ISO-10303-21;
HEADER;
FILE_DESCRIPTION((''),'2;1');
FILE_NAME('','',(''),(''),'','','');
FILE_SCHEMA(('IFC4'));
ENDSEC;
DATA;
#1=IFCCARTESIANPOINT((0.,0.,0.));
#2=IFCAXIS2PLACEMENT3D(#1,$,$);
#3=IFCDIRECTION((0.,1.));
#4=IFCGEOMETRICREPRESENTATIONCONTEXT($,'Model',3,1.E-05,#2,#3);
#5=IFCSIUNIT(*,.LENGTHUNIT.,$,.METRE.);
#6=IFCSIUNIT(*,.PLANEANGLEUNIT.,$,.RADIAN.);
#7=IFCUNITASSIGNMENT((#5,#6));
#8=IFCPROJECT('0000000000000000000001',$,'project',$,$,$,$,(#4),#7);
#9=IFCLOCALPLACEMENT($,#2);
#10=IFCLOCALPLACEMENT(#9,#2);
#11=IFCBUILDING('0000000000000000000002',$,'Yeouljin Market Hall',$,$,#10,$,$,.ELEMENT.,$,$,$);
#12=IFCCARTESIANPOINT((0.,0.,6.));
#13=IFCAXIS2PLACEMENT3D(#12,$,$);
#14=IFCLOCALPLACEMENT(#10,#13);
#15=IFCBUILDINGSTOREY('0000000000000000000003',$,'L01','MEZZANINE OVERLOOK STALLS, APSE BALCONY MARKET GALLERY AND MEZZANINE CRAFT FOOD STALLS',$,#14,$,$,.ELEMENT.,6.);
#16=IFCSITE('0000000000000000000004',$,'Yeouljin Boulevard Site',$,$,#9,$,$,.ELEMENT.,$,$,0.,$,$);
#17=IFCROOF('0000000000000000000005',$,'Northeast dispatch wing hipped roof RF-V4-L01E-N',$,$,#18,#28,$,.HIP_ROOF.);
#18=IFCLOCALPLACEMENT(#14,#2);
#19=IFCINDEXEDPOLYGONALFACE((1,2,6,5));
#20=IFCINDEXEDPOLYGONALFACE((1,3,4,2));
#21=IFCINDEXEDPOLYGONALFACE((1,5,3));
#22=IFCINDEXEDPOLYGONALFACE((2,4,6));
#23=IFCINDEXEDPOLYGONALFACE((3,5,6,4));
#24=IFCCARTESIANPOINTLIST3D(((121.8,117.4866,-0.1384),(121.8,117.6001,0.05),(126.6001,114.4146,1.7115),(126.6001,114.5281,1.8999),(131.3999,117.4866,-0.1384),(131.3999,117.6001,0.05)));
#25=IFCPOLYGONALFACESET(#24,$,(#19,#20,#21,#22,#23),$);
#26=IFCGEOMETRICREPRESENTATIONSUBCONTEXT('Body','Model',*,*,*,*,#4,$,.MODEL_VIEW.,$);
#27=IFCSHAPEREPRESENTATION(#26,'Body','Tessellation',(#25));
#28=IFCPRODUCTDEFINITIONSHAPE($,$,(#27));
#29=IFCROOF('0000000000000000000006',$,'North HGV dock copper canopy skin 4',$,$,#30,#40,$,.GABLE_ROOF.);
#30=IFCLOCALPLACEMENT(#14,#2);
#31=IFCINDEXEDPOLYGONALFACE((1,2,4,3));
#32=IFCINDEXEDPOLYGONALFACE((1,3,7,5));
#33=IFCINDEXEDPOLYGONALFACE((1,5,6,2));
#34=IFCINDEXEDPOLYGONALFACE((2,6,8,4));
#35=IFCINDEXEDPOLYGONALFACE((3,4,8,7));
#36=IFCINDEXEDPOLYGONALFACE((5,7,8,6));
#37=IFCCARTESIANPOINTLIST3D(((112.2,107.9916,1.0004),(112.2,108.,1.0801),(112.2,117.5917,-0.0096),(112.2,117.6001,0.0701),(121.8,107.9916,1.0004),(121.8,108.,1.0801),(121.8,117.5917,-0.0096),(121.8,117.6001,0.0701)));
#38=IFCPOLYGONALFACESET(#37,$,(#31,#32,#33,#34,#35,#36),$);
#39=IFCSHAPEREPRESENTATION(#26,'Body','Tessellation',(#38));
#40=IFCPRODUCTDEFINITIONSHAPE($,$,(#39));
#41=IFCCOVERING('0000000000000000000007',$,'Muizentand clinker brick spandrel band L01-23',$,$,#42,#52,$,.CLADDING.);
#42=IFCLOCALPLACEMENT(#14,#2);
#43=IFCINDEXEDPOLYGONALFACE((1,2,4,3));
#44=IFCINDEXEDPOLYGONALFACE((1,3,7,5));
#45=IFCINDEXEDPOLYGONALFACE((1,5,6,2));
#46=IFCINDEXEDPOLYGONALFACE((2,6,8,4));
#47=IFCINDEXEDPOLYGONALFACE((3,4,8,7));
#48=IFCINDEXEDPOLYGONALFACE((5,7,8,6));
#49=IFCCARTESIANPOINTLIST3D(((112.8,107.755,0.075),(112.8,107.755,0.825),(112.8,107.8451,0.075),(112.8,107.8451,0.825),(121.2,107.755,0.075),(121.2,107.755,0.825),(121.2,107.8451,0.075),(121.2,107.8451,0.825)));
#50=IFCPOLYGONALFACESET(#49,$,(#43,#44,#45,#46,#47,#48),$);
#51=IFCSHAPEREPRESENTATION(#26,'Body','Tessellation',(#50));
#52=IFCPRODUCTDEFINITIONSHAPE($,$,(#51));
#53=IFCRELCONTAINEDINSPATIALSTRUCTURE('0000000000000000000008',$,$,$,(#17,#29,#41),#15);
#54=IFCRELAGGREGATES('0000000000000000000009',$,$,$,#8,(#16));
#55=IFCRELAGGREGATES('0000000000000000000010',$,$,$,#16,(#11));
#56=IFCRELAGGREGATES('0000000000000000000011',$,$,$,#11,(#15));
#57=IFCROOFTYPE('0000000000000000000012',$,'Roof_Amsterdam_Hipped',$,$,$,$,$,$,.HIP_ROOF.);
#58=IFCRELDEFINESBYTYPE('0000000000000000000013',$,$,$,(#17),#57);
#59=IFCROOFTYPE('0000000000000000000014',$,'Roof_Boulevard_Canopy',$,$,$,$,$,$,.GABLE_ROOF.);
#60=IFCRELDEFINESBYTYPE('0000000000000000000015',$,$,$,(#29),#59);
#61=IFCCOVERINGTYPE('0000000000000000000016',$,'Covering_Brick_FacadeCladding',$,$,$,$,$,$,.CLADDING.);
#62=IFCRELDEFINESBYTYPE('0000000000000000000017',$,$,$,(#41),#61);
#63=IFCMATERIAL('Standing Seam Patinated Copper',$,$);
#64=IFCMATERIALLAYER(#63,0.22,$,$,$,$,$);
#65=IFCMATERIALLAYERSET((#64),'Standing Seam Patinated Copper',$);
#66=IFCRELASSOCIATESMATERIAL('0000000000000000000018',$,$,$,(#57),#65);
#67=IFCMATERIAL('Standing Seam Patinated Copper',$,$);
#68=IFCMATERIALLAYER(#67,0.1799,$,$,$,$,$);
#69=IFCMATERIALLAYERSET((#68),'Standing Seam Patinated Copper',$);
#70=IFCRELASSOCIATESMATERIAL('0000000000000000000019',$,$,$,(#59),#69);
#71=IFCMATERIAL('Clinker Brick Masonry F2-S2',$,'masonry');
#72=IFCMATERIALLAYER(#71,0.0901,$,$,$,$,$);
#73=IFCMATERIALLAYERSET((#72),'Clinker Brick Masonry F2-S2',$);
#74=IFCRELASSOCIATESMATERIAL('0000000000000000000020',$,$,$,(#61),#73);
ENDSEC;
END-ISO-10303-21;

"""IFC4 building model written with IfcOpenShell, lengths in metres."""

from ifc_helpers import new_model, si_unit, direction, frame, origin, origin_2d, place, context, subcontext, project, spatial, polyline, rectangle, outline, extrude, material, layer, layer_set, type_object, element, save


model = new_model("IFC4")

# Units and contexts
model_context = context("Model", 3, precision=1e-05, world=origin(), true_north=direction((0.0, 1.0)))
body_context = subcontext(model_context, "Body", "Model", "MODEL_VIEW")
ifc_project = project(units=[si_unit("LENGTHUNIT", "METRE"), si_unit("PLANEANGLEUNIT", "RADIAN")], contexts=[model_context])

# Site, building, storey
site_placement = place(None, origin())
site = spatial("IfcSite", under=ifc_project, at=site_placement, Name="Yeouljin Boulevard Site", CompositionType="ELEMENT", RefElevation=0.0)
building_placement = place(site_placement, origin())
building = spatial("IfcBuilding", under=site, at=building_placement, Name="Yeouljin Market Hall", CompositionType="ELEMENT")
storey_placement = place(building_placement, frame((0.0, 0.0, 6.0)))
storey = spatial("IfcBuildingStorey", under=building, at=storey_placement, Name="L01", Description="MEZZANINE OVERLOOK STALLS, APSE BALCONY MARKET GALLERY AND MEZZANINE CRAFT FOOD STALLS", CompositionType="ELEMENT", Elevation=6.0)

# Roofs
ifc_material_1 = material(Name="Standing Seam Patinated Copper")
ifc_layer_1 = layer(ifc_material_1, 0.22)
ifc_layer_set_1 = layer_set([ifc_layer_1], Name="Standing Seam Patinated Copper")
roof_type_1 = type_object("IfcRoofType", Name="Roof_Amsterdam_Hipped", PredefinedType="HIP_ROOF", material=ifc_layer_set_1)
roof_1_placement = place(storey_placement, frame((131.3999, 117.6001, 0.05), z_axis=(0.0, 0.515857, 0.856675), x_axis=(-1.0, 0.0, 0.0)))
element("IfcRoof", 1, at=roof_1_placement, inside=storey, type_object=roof_type_1, Name="Northeast dispatch wing hipped roof RF-V4-L01E-N", PredefinedType="HIP_ROOF", context=body_context, shape_type="SweptSolid", body=[
    extrude(outline(polyline([(0.0, 0.0), (9.5999, 0.0), (4.7998, 3.586), (0.0, 0.0)])), origin(), (0.0, 0.0, -1.0), 0.22),
])
ifc_material_2 = material(Name="Standing Seam Patinated Copper")
ifc_layer_2 = layer(ifc_material_2, 0.1799)
ifc_layer_set_2 = layer_set([ifc_layer_2], Name="Standing Seam Patinated Copper")
roof_type_2 = type_object("IfcRoofType", Name="Roof_Boulevard_Canopy", PredefinedType="GABLE_ROOF", material=ifc_layer_set_2)
roof_2_placement = place(storey_placement, frame((112.2, 108.0, 1.0801), z_axis=(0.0, 0.104631, 0.994511), x_axis=(0.0, 0.994511, -0.104631)))
element("IfcRoof", 2, at=roof_2_placement, inside=storey, type_object=roof_type_2, Name="North HGV dock copper canopy skin 4", PredefinedType="GABLE_ROOF", context=body_context, shape_type="SweptSolid", body=[
    extrude(outline(polyline([(0.0, 0.0), (9.6531, 0.0), (9.6531, -9.6001), (0.0, -9.6001), (0.0, 0.0)])), origin(), (0.0, 0.0, -1.0), 0.0801),
])

# Covering
ifc_material_3 = material(Name="Clinker Brick Masonry F2-S2", Category="masonry")
ifc_layer_3 = layer(ifc_material_3, 0.0901)
ifc_layer_set_3 = layer_set([ifc_layer_3], Name="Clinker Brick Masonry F2-S2")
covering_type = type_object("IfcCoveringType", Name="Covering_Brick_FacadeCladding", PredefinedType="CLADDING", material=ifc_layer_set_3)
covering_placement = place(storey_placement, frame((117.0, 107.8, 0.075), z_axis=(0.0, 0.0, 1.0), x_axis=(1.0, 0.0, 0.0)))
element("IfcCovering", 3, at=covering_placement, inside=storey, type_object=covering_type, Name="Muizentand clinker brick spandrel band L01-23", PredefinedType="CLADDING", context=body_context, shape_type="SweptSolid", body=[
    extrude(rectangle(XDim=8.3999, YDim=0.0901, at=origin_2d()), origin(), (0.0, 0.0, 1.0), 0.75),
])

save(model, "model.ifc")
